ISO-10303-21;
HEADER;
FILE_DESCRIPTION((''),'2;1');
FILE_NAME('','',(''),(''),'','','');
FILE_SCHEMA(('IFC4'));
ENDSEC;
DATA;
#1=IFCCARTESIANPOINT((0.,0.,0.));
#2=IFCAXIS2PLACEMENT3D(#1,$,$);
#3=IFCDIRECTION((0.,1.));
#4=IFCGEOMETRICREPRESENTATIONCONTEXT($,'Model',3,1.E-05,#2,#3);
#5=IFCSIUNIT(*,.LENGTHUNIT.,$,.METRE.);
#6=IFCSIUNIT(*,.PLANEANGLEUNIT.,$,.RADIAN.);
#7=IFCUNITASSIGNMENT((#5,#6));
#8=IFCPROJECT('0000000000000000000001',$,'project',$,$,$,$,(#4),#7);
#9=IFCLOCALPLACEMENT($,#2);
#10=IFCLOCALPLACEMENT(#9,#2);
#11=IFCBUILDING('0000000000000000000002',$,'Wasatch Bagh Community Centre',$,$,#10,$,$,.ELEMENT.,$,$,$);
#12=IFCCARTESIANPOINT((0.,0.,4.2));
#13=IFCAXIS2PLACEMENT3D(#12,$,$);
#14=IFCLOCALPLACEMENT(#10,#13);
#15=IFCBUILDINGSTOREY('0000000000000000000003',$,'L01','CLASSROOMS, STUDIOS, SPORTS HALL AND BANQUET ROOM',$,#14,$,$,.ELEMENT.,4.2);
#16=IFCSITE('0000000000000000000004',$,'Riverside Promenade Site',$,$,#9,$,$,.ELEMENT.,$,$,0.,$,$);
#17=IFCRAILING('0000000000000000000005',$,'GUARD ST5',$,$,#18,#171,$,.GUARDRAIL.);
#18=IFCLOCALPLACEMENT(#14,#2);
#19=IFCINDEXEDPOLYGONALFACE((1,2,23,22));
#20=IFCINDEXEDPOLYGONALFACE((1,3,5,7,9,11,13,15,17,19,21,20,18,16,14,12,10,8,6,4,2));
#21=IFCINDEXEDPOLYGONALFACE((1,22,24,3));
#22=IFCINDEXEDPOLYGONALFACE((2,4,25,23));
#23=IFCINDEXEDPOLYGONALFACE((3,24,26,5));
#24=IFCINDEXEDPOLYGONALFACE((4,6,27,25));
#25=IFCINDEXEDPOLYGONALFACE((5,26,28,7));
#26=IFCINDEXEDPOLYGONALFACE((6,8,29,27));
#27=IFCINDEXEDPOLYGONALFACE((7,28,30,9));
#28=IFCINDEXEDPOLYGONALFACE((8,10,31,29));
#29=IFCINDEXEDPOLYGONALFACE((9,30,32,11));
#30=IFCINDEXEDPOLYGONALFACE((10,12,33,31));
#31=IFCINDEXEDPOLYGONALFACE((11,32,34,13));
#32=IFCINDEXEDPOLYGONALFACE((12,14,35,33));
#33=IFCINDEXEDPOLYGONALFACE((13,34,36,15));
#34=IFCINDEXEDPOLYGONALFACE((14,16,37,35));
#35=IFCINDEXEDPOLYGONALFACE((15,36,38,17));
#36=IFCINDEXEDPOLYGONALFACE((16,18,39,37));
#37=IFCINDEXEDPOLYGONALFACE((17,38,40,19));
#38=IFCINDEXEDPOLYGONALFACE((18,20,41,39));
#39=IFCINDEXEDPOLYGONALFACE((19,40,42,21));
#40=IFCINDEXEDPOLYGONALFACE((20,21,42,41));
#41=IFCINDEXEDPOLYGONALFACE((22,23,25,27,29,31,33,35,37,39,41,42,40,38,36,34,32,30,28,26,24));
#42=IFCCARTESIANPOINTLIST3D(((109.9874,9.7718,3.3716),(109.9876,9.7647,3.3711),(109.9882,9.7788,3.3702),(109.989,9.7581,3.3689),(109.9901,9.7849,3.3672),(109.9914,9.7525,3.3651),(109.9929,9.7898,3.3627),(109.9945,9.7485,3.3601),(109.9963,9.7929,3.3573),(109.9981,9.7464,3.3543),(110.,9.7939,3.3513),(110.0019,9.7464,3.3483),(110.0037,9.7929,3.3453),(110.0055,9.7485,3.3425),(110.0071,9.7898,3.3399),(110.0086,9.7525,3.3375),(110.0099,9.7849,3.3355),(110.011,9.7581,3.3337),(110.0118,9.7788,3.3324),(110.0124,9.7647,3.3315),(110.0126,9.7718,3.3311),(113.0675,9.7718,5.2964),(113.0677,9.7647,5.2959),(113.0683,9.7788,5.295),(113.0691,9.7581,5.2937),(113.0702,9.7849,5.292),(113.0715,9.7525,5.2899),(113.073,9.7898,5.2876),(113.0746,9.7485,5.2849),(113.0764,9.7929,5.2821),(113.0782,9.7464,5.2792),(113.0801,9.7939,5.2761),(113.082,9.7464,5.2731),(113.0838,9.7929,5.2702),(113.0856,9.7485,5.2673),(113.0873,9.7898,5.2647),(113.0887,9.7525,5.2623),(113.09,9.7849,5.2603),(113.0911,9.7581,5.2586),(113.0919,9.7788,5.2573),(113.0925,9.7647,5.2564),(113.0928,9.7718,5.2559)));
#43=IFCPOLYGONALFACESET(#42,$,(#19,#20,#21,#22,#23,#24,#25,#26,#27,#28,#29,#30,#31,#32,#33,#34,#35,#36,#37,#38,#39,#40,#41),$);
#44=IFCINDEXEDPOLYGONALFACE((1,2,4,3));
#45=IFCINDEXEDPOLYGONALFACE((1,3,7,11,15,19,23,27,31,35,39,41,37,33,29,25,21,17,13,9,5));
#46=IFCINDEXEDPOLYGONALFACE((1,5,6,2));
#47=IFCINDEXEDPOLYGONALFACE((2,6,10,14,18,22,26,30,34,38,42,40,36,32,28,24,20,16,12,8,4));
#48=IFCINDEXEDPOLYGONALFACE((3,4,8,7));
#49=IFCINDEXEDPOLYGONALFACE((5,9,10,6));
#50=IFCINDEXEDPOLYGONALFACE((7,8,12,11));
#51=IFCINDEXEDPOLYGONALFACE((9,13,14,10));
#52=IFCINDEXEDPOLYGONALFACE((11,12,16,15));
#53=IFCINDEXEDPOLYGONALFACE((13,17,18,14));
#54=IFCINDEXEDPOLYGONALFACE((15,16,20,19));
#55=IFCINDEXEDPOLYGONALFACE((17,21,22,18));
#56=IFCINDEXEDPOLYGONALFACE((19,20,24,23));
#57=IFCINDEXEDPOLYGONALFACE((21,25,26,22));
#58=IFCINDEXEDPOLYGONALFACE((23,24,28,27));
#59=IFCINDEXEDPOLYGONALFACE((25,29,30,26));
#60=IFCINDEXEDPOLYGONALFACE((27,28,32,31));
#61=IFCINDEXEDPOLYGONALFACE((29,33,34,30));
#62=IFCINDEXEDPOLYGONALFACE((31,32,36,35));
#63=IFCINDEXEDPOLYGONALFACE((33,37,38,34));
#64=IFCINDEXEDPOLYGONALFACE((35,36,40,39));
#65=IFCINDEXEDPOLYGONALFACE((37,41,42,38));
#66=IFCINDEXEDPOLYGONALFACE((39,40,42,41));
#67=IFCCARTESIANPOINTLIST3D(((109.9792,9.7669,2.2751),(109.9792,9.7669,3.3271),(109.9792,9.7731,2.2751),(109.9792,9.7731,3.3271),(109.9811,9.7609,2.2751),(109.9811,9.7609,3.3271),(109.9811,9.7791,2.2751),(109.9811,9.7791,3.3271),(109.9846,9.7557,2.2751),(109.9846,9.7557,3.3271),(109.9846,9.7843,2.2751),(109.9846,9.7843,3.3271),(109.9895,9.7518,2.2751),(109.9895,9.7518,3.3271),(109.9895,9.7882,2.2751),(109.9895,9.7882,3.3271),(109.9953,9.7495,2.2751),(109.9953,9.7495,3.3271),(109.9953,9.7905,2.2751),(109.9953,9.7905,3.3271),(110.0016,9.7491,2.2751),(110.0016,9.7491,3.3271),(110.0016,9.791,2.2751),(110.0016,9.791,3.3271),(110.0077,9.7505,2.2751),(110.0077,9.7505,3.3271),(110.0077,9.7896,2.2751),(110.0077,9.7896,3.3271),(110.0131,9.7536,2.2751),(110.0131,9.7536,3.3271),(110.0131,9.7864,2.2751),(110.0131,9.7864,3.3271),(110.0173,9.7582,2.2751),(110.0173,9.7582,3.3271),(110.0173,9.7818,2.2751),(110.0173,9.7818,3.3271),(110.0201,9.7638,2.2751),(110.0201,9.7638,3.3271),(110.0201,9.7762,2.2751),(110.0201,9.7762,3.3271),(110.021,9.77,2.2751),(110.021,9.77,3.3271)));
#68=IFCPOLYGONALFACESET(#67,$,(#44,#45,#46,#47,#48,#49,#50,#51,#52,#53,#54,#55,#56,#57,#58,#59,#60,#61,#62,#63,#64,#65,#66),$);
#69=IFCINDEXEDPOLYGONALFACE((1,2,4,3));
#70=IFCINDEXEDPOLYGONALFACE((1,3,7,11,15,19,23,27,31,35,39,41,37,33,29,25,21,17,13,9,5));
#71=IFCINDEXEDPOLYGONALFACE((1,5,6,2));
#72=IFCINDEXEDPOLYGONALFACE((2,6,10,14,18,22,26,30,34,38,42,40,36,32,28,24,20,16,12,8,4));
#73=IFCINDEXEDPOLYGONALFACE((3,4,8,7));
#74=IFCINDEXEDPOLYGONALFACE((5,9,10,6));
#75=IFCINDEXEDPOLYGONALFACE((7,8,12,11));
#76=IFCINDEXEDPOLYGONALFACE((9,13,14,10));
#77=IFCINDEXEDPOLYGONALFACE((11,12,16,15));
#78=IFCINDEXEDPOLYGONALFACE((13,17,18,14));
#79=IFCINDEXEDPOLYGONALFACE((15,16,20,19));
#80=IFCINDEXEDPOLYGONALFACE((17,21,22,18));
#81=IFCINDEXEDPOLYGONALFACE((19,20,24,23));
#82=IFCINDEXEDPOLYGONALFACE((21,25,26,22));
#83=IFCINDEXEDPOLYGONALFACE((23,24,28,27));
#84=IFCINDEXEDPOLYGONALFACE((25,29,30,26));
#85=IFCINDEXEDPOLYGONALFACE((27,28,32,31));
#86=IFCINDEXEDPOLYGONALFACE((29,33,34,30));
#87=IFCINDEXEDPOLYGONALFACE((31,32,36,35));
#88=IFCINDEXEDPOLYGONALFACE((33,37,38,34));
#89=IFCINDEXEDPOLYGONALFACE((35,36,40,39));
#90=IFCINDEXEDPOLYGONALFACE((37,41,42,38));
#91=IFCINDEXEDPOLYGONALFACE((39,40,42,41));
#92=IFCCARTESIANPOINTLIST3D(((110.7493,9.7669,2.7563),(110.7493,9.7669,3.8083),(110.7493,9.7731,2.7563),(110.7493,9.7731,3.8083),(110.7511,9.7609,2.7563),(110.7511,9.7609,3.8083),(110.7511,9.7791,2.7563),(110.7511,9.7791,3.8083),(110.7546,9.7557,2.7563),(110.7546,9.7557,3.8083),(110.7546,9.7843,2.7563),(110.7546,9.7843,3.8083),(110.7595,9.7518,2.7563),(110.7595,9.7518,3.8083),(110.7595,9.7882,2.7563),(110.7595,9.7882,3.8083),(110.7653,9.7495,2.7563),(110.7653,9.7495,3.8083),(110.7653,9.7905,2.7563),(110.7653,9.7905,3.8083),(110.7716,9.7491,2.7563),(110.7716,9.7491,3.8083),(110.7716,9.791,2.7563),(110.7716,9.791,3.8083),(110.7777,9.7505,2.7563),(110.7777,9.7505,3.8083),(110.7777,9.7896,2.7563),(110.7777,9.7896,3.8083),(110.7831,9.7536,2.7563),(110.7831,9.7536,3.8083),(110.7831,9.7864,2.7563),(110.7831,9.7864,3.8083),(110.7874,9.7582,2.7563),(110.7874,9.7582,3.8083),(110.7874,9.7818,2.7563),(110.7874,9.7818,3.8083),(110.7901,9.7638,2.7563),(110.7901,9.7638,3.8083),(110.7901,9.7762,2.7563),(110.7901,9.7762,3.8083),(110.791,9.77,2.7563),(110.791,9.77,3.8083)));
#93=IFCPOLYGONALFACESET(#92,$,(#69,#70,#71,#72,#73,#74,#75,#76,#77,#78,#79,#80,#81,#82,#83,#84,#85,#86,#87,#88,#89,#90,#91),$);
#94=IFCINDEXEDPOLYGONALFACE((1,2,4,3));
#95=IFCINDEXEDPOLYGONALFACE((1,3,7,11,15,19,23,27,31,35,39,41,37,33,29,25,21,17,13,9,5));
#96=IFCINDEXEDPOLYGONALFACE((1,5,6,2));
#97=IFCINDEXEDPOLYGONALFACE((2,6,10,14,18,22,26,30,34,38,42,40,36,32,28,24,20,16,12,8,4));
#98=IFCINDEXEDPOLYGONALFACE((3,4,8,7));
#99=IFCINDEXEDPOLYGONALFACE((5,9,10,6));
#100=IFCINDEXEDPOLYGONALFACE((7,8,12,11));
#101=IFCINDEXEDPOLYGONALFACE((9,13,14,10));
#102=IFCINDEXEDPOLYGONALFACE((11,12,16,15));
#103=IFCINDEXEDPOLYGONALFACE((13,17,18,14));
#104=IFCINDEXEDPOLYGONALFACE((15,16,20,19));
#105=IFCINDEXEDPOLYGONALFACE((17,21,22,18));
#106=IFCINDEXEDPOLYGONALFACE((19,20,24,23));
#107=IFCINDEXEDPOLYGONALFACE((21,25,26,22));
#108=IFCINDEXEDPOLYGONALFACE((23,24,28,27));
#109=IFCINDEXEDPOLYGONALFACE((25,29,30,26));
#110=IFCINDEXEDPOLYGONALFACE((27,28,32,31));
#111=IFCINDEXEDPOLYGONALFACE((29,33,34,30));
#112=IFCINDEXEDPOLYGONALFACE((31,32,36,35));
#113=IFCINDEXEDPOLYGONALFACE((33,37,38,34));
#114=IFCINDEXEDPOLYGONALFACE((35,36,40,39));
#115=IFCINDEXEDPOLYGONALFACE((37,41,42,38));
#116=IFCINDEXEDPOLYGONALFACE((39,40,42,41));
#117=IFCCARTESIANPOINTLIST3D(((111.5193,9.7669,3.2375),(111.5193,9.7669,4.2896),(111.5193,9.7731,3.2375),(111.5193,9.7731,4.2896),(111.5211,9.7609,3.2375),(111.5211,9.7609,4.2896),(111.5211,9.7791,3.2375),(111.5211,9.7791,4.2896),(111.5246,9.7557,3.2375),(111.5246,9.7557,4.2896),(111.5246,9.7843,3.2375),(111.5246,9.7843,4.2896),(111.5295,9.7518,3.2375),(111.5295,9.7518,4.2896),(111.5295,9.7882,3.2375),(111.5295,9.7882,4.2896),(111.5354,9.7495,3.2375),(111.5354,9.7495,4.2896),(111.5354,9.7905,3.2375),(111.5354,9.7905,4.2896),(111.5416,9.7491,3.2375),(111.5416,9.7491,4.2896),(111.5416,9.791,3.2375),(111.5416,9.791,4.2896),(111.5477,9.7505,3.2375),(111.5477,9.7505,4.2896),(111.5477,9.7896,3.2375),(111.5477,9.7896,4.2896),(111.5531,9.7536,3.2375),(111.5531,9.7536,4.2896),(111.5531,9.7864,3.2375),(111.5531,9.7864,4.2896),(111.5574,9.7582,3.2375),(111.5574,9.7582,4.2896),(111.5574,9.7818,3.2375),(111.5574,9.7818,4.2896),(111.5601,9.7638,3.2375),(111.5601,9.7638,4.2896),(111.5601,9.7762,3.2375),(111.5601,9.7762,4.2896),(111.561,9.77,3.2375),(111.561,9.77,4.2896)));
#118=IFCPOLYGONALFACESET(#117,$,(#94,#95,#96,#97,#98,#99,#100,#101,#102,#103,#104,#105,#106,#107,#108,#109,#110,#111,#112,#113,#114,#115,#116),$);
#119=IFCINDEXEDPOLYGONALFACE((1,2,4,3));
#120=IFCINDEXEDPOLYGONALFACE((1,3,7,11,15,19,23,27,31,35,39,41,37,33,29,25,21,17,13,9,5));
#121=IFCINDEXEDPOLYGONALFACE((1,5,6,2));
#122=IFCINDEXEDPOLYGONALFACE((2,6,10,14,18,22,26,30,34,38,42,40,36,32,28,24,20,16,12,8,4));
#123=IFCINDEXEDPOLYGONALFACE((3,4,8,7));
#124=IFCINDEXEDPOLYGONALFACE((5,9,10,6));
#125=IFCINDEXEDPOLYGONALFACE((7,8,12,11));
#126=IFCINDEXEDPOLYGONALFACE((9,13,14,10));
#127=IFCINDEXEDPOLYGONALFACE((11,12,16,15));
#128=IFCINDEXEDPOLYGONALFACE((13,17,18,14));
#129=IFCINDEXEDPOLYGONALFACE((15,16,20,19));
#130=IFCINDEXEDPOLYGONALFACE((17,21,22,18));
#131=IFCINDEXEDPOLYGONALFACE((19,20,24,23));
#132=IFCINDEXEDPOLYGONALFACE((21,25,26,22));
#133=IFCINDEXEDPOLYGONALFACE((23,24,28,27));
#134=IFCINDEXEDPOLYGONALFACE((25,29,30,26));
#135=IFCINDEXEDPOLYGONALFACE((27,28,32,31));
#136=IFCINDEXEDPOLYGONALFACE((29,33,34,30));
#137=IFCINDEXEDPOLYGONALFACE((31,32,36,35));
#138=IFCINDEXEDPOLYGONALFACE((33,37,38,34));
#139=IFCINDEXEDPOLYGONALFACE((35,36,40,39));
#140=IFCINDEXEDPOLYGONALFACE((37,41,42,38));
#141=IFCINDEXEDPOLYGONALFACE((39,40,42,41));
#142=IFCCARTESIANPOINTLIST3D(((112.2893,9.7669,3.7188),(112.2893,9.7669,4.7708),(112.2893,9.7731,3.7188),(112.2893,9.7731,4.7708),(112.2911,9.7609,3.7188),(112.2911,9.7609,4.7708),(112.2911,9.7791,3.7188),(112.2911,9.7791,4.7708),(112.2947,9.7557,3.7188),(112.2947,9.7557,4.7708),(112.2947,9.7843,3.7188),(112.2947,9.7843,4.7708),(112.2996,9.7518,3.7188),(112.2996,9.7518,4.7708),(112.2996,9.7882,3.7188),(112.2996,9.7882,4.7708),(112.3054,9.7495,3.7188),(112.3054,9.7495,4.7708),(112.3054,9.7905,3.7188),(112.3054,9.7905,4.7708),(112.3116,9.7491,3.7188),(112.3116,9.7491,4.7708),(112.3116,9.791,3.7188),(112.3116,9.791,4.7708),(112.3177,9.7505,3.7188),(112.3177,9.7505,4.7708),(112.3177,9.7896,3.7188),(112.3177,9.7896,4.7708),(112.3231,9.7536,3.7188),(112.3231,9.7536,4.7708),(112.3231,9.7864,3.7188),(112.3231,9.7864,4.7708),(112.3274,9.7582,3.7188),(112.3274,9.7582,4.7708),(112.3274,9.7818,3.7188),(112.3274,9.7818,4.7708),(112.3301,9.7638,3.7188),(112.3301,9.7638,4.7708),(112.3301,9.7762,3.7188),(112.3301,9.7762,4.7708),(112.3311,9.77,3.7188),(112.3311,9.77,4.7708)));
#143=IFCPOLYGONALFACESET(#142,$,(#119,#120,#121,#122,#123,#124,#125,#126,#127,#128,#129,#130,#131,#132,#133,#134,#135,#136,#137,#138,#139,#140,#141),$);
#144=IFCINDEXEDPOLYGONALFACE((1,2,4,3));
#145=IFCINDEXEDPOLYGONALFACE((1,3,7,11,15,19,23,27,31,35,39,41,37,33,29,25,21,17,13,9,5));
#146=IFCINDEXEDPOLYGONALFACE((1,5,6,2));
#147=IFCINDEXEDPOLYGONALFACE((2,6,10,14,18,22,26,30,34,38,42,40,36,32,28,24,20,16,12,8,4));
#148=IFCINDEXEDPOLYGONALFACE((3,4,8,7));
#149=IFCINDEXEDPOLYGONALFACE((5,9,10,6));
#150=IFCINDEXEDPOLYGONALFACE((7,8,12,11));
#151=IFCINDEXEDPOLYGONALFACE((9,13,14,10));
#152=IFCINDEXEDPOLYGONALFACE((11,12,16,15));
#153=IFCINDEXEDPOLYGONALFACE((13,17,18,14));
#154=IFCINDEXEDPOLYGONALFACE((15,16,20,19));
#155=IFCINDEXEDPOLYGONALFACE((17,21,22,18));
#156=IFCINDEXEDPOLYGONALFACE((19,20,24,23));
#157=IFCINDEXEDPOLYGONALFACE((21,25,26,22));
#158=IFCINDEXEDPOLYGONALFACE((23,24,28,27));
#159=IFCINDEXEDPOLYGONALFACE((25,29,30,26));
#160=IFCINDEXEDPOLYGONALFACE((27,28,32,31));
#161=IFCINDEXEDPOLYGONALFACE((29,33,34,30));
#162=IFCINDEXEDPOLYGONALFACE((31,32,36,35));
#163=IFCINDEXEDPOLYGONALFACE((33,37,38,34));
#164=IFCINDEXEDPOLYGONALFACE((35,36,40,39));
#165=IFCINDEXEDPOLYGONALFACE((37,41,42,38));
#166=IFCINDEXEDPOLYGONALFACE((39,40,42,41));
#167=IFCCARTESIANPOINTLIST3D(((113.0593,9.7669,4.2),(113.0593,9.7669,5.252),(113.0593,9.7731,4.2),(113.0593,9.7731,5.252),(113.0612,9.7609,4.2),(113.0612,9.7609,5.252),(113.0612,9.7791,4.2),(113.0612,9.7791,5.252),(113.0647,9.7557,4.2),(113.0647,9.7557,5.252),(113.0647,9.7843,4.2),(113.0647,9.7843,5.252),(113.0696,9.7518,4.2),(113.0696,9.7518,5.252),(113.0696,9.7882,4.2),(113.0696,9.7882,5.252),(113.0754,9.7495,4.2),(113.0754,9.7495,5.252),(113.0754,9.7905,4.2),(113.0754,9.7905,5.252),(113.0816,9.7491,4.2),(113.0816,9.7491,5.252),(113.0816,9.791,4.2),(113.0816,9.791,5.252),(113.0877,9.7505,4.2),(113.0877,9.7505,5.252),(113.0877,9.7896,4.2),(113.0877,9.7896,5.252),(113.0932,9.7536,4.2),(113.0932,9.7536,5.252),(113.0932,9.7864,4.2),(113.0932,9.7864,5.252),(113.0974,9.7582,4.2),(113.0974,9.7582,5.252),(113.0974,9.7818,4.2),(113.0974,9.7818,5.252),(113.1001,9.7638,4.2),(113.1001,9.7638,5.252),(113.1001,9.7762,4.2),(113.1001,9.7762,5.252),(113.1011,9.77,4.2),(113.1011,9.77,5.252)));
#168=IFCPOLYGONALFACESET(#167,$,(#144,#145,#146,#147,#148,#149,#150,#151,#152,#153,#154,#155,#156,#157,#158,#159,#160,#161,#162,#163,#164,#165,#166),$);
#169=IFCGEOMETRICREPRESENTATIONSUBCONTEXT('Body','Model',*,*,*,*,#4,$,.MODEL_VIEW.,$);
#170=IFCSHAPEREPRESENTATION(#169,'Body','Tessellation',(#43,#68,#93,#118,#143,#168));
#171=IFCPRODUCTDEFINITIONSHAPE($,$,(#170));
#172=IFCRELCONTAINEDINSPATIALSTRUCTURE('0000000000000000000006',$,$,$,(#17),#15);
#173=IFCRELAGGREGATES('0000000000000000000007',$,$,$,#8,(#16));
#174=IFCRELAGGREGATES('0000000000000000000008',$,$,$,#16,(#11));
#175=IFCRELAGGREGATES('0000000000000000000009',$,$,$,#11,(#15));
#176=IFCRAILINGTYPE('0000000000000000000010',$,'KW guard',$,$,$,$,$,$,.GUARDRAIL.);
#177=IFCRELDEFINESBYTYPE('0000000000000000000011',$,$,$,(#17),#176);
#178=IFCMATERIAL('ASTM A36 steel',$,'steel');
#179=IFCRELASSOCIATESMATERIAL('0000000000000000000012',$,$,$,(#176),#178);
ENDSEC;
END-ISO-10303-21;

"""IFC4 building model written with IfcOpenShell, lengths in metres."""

from ifc_helpers import new_model, si_unit, direction, frame, origin, origin_2d, place, context, subcontext, project, spatial, circle, extrude, material, type_object, element, save


model = new_model("IFC4")

# Units and contexts
model_context = context("Model", 3, precision=1e-05, world=origin(), true_north=direction((0.0, 1.0)))
body_context = subcontext(model_context, "Body", "Model", "MODEL_VIEW")
ifc_project = project(units=[si_unit("LENGTHUNIT", "METRE"), si_unit("PLANEANGLEUNIT", "RADIAN")], contexts=[model_context])

# Site, building, storey
site_placement = place(None, origin())
site = spatial("IfcSite", under=ifc_project, at=site_placement, Name="Riverside Promenade Site", CompositionType="ELEMENT", RefElevation=0.0)
building_placement = place(site_placement, origin())
building = spatial("IfcBuilding", under=site, at=building_placement, Name="Wasatch Bagh Community Centre", CompositionType="ELEMENT")
storey_placement = place(building_placement, frame((0.0, 0.0, 4.2)))
storey = spatial("IfcBuildingStorey", under=building, at=storey_placement, Name="L01", Description="CLASSROOMS, STUDIOS, SPORTS HALL AND BANQUET ROOM", CompositionType="ELEMENT", Elevation=4.2)

# Railing
ifc_material_1 = material(Name="ASTM A36 steel", Category="steel")
railing_type_1 = type_object("IfcRailingType", Name="KW guard", PredefinedType="GUARDRAIL", material=ifc_material_1)
for number, where, name in (
    (1, (110.0, 9.77, 2.2751), "GUARD ST5"),
):
    element("IfcRailing", number, at=place(storey_placement, frame(where)), inside=storey, type_object=railing_type_1, Name=name, PredefinedType="GUARDRAIL", context=body_context, shape_type="SweptSolid", body=[
        extrude(circle(Radius=0.0239, at=origin_2d()), frame((0.0, 0.0, 1.0762), z_axis=(0.848029, 0.0, 0.529951), x_axis=(0.0, 1.0, 0.0)), (0.0, 0.0, 1.0), 3.6321),
        extrude(circle(Radius=0.021, at=origin_2d()), origin(), (0.0, 0.0, 1.0), 1.052),
        extrude(circle(Radius=0.021, at=origin_2d()), frame((0.77, 0.0, 0.4812)), (0.0, 0.0, 1.0), 1.052),
        extrude(circle(Radius=0.021, at=origin_2d()), frame((1.54, 0.0, 0.9624)), (0.0, 0.0, 1.0), 1.052),
        extrude(circle(Radius=0.021, at=origin_2d()), frame((2.3101, 0.0, 1.4436)), (0.0, 0.0, 1.0), 1.052),
        extrude(circle(Radius=0.021, at=origin_2d()), frame((3.0801, 0.0, 1.9248)), (0.0, 0.0, 1.0), 1.052),
    ])

save(model, "model.ifc")
